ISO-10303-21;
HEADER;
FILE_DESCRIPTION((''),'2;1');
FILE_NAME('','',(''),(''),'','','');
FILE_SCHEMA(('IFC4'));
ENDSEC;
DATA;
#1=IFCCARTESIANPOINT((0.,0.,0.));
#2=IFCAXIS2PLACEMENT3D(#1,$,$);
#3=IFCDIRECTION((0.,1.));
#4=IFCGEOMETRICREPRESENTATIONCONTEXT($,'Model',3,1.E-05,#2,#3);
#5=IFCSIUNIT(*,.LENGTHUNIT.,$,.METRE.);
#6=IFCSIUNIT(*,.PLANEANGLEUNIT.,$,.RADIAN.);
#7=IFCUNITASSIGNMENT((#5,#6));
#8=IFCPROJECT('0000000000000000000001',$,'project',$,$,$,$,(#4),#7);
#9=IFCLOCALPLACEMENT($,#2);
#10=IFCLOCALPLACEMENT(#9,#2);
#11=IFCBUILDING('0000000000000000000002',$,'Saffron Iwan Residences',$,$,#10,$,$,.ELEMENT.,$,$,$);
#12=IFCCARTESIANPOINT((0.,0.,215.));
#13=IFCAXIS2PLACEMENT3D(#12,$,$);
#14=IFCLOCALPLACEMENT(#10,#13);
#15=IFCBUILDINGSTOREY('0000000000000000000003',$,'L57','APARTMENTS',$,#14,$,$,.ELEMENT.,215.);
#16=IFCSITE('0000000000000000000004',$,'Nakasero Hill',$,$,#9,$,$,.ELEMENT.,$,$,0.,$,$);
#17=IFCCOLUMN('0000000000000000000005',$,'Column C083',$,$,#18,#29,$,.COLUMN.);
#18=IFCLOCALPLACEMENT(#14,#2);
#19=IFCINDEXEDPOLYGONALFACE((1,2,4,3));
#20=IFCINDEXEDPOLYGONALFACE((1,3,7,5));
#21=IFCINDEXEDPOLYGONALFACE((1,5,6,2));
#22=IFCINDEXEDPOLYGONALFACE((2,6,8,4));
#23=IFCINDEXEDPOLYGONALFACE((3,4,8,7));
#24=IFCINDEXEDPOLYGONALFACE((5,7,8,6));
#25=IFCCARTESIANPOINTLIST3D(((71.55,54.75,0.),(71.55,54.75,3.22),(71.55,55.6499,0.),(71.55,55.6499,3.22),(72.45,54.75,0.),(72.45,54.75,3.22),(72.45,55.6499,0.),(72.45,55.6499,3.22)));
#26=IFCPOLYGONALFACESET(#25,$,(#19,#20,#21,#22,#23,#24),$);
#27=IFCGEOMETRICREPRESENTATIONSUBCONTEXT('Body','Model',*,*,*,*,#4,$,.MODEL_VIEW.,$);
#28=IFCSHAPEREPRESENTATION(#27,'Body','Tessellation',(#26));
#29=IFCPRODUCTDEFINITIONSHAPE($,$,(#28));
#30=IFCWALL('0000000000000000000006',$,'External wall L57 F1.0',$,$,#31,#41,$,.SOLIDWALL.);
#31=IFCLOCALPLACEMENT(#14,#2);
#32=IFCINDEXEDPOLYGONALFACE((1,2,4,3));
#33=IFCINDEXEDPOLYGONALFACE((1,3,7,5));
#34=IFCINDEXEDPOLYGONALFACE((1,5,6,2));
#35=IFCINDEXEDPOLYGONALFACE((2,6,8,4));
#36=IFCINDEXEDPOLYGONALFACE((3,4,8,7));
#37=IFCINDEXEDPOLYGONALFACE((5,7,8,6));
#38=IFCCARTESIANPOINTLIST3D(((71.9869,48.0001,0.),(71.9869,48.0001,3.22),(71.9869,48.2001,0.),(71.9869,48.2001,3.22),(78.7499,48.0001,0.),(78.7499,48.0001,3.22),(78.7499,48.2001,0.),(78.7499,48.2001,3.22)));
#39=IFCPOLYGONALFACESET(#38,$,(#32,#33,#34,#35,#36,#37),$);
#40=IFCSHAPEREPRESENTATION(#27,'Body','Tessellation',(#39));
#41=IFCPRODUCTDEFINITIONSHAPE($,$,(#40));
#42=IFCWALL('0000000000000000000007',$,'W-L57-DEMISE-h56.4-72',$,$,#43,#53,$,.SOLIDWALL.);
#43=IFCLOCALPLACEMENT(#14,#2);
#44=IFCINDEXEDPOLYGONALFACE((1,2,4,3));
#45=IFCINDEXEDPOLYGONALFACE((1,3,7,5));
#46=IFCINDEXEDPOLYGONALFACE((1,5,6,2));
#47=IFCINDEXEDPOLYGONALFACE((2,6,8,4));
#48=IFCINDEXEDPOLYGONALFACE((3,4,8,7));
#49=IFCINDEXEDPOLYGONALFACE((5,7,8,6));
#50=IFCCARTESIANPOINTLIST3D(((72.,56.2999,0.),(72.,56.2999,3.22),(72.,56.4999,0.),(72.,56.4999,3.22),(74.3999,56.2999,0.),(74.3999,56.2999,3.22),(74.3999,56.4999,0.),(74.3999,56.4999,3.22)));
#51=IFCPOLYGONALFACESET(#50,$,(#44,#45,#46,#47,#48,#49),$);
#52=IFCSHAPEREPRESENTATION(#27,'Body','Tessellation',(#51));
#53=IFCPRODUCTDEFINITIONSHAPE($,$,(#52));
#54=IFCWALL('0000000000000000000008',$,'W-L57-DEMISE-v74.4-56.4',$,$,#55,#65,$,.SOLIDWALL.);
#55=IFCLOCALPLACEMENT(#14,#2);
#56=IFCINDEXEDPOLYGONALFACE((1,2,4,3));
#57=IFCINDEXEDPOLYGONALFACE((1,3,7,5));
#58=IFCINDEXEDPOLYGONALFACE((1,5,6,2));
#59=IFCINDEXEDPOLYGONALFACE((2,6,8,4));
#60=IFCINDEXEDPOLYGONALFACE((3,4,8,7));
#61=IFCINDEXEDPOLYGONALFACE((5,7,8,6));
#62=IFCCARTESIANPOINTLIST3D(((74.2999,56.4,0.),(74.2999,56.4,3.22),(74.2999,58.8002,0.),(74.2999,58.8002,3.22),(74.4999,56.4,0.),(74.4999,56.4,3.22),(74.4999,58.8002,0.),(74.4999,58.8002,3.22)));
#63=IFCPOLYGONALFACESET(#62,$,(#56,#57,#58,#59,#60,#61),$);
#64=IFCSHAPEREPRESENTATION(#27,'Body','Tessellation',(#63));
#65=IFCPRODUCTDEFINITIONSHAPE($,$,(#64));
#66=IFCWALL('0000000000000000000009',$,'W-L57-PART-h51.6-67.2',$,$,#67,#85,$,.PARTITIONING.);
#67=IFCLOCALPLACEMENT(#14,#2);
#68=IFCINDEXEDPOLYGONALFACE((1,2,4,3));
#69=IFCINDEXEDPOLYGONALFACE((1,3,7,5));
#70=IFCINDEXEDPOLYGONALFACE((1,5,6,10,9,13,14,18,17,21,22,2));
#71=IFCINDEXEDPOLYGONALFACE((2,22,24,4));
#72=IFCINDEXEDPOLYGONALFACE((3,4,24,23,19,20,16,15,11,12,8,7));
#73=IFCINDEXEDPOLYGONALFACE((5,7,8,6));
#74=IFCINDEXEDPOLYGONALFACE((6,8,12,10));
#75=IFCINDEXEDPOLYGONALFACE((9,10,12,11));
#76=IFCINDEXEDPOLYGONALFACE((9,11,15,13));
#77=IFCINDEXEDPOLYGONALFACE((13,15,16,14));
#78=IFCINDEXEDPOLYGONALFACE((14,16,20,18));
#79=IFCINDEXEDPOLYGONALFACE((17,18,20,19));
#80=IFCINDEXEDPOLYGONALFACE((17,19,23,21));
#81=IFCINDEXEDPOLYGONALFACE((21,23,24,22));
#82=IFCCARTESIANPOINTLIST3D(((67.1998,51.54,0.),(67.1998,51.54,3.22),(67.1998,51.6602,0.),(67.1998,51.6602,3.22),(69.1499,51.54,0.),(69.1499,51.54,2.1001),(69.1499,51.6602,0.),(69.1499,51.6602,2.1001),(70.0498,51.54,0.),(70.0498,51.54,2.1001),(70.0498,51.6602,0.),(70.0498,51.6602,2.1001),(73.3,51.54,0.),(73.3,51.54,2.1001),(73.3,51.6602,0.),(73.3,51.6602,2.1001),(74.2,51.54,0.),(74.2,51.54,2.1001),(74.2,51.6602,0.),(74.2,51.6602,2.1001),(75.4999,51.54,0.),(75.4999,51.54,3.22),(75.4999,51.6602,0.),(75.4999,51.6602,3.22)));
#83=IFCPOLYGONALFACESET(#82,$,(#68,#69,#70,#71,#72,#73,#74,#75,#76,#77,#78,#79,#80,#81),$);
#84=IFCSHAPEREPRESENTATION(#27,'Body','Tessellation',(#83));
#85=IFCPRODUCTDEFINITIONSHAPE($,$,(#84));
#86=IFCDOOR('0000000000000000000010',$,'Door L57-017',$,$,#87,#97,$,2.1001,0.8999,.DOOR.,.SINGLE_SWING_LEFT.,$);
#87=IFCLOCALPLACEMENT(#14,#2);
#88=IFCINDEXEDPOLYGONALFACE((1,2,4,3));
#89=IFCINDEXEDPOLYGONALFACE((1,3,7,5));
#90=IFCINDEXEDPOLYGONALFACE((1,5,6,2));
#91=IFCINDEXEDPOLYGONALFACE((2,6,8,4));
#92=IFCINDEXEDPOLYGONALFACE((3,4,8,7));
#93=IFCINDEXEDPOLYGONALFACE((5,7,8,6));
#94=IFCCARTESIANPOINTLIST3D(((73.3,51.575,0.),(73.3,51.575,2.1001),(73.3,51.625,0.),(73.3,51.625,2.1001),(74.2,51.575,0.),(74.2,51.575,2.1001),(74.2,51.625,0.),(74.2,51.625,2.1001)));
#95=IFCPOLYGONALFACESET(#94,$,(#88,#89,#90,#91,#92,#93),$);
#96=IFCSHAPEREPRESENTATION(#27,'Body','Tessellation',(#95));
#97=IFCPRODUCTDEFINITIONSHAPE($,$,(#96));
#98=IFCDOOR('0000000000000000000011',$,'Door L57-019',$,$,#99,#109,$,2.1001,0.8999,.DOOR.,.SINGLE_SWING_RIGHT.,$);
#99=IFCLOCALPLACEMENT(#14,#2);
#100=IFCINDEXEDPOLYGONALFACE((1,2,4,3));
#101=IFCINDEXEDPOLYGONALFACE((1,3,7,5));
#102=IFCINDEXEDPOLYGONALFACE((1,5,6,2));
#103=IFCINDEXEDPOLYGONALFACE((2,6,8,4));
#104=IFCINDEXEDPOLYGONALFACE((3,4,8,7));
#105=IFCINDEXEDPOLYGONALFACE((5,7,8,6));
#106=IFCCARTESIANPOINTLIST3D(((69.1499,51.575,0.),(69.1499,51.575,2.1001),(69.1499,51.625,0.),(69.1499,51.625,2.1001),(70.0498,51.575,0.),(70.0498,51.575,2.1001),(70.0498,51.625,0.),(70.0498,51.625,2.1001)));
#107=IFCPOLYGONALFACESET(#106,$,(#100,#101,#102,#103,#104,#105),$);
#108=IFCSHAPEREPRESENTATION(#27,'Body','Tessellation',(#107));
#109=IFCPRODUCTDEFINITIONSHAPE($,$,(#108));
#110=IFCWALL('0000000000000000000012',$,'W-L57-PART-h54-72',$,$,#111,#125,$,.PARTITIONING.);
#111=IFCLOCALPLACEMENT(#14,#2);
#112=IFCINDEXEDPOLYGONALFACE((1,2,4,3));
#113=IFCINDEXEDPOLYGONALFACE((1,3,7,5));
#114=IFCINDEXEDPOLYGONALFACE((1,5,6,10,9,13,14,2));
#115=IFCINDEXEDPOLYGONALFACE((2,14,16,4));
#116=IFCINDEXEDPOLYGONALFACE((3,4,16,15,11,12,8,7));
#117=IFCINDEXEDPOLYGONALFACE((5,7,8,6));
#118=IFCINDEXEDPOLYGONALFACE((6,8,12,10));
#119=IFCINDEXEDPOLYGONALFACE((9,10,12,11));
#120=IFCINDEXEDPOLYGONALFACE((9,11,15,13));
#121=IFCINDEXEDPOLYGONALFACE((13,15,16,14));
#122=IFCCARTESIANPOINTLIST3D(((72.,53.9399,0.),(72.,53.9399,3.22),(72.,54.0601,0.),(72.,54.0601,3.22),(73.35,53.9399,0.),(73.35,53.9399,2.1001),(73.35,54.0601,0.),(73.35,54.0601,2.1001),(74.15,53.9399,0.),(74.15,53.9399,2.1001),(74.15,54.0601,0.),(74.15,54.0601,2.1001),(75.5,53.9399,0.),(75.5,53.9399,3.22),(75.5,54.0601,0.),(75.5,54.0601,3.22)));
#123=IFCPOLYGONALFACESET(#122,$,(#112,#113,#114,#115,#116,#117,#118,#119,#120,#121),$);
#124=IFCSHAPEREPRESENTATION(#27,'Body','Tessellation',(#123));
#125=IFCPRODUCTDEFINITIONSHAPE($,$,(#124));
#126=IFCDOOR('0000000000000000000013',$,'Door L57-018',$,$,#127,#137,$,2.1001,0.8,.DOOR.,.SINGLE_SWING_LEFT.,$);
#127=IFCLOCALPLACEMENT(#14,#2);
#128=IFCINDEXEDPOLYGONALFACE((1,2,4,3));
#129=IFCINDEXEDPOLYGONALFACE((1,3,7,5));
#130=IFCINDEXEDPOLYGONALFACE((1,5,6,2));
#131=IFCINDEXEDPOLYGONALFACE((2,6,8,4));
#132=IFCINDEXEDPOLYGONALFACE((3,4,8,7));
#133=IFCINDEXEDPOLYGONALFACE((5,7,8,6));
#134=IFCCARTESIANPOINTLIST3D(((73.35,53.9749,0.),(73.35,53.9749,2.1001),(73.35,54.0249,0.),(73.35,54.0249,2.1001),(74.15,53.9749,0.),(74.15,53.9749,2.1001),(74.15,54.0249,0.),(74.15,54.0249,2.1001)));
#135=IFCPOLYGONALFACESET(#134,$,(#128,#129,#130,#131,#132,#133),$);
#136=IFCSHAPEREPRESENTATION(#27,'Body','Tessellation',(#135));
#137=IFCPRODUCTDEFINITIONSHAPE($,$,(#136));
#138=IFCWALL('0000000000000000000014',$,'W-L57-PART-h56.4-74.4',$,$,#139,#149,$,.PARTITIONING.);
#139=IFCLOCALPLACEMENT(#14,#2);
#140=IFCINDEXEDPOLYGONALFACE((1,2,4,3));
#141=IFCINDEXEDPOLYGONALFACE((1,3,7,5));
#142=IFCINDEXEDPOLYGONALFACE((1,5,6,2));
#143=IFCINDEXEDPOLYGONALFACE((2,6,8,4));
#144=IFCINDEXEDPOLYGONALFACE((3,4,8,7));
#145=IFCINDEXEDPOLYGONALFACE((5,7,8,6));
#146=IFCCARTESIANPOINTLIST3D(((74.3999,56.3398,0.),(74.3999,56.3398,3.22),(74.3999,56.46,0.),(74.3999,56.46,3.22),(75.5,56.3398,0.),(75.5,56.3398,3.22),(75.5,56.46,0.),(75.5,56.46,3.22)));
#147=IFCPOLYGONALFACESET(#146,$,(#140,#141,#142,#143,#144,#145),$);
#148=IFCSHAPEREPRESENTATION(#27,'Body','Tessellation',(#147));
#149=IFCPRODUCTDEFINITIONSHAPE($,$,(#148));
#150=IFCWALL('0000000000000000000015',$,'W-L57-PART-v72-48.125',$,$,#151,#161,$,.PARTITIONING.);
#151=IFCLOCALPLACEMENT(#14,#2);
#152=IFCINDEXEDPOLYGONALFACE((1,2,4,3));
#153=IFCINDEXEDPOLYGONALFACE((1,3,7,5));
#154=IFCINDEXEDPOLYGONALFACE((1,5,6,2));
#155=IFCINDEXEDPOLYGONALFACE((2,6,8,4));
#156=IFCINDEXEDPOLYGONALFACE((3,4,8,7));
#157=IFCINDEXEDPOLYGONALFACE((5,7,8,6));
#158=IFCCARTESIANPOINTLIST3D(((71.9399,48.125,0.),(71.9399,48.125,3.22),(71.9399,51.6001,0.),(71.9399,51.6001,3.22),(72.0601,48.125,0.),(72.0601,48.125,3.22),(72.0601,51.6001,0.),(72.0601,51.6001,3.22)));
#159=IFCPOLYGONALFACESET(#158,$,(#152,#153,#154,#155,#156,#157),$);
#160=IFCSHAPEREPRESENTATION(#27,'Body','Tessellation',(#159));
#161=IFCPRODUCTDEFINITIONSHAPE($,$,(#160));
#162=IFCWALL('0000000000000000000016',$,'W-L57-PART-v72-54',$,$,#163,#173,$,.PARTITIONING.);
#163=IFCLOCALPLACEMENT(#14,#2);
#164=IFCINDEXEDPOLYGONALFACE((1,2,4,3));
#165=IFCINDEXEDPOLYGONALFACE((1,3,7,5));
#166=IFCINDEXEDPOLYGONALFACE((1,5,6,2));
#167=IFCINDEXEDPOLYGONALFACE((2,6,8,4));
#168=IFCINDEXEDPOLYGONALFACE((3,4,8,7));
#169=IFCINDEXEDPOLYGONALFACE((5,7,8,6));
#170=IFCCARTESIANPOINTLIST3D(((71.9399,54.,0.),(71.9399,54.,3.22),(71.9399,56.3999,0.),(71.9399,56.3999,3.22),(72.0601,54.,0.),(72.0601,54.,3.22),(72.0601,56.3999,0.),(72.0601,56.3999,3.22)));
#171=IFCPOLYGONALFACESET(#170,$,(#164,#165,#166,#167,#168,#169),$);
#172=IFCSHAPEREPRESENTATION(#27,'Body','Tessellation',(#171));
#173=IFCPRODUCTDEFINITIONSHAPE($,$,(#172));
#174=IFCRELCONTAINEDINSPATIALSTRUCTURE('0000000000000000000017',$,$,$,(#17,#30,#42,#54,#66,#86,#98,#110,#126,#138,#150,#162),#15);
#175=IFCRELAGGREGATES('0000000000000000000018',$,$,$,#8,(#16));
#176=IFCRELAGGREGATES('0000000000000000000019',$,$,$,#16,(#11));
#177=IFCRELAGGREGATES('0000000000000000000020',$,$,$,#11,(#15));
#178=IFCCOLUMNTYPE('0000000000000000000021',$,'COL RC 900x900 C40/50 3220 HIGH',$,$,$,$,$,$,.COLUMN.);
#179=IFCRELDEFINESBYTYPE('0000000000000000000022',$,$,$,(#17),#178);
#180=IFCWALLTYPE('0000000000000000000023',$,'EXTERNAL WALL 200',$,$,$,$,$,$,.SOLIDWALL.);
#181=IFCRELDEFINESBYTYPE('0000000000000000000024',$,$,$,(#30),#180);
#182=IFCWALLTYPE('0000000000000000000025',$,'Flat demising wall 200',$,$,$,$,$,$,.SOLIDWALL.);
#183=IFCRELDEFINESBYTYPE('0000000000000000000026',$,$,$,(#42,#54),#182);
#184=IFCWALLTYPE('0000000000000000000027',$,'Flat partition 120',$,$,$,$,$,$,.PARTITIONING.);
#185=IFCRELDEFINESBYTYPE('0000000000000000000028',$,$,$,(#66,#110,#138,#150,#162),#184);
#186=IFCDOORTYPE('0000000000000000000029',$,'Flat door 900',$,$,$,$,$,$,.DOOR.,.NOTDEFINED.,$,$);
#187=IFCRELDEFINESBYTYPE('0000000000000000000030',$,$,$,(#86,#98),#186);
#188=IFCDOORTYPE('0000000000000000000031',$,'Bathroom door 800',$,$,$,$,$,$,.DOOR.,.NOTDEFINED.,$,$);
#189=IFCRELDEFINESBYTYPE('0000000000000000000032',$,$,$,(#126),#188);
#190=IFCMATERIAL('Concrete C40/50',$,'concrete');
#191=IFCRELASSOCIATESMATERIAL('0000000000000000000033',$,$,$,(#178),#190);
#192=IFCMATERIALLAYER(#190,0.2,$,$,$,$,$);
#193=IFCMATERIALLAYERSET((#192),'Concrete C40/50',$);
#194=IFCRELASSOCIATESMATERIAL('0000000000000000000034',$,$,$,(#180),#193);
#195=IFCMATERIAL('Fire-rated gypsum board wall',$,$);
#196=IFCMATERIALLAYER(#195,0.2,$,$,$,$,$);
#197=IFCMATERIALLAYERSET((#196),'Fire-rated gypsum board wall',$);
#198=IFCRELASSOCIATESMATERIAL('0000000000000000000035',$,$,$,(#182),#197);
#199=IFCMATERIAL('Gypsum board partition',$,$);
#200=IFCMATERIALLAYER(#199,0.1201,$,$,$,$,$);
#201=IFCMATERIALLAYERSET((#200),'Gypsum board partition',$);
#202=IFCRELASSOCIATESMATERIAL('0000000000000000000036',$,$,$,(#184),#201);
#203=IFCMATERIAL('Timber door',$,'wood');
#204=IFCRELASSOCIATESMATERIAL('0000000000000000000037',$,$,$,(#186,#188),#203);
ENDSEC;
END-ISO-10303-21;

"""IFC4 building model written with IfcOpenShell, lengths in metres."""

from ifc_helpers import new_model, si_unit, direction, frame, frame_2d, origin, origin_2d, place, context, subcontext, project, spatial, rectangle, extrude, source, transform, mapped, material, layer, layer_set, material_profile, profile_set, type_object, element, fill, save


model = new_model("IFC4")

# Units and contexts
model_context = context("Model", 3, precision=1e-05, world=origin(), true_north=direction((0.0, 1.0)))
body_context = subcontext(model_context, "Body", "Model", "MODEL_VIEW")
ifc_project = project(units=[si_unit("LENGTHUNIT", "METRE"), si_unit("PLANEANGLEUNIT", "RADIAN")], contexts=[model_context])

# Site, building, storey
site_placement = place(None, origin())
site = spatial("IfcSite", under=ifc_project, at=site_placement, Name="Nakasero Hill", CompositionType="ELEMENT", RefElevation=0.0)
building_placement = place(site_placement, origin())
building = spatial("IfcBuilding", under=site, at=building_placement, Name="Saffron Iwan Residences", CompositionType="ELEMENT")
storey_placement = place(building_placement, frame((0.0, 0.0, 215.0)))
storey = spatial("IfcBuildingStorey", under=building, at=storey_placement, Name="L57", Description="APARTMENTS", CompositionType="ELEMENT", Elevation=215.0)

# Column
ifc_material_1 = material(Name="Concrete C40/50", Category="concrete")
ifc_material_profile = material_profile(ifc_material_1, rectangle(XDim=0.8999, YDim=0.8999, at=origin_2d()), Name="RC 900x900")
ifc_profile_set = profile_set([ifc_material_profile], Name="Concrete C40/50")
column_type = type_object("IfcColumnType", Name="COL RC 900x900 C40/50 3220 HIGH", PredefinedType="COLUMN", material=ifc_profile_set)
shared_shape = source(origin(), body_context, "Body", "SweptSolid", [
    extrude(rectangle(XDim=0.8999, YDim=0.8999, at=origin_2d()), origin(), (0.0, 0.0, 1.0), 3.22),
])
column_placement = place(storey_placement, frame((72.0, 55.2, 0.0), z_axis=(0.0, 0.0, 1.0), x_axis=(1.0, 0.0, 0.0)))
element("IfcColumn", 1, at=column_placement, inside=storey, type_object=column_type, Name="Column C083", PredefinedType="COLUMN", context=body_context, shape_type="MappedRepresentation", body=[
    mapped(shared_shape, transform((0.0, 0.0, 0.0))),
])

# Walls
ifc_layer_1 = layer(ifc_material_1, 0.2)
ifc_layer_set_1 = layer_set([ifc_layer_1], Name="Concrete C40/50")
wall_type_1 = type_object("IfcWallType", Name="EXTERNAL WALL 200", PredefinedType="SOLIDWALL", material=ifc_layer_set_1)
wall_1_placement = place(storey_placement, frame((71.9871, 48.1001, 0.0), z_axis=(0.0, 0.0, 1.0), x_axis=(1.0, 0.0, 0.0)))
element("IfcWall", 2, at=wall_1_placement, inside=storey, type_object=wall_type_1, Name="External wall L57 F1.0", PredefinedType="SOLIDWALL", context=body_context, shape_type="SweptSolid", body=[
    extrude(rectangle(XDim=6.7629, YDim=0.2, at=frame_2d((3.3813, 0.0))), origin(), (0.0, 0.0, 1.0), 3.22),
])
ifc_material_2 = material(Name="Fire-rated gypsum board wall")
ifc_layer_2 = layer(ifc_material_2, 0.2)
ifc_layer_set_2 = layer_set([ifc_layer_2], Name="Fire-rated gypsum board wall")
wall_type_2 = type_object("IfcWallType", Name="Flat demising wall 200", PredefinedType="SOLIDWALL", material=ifc_layer_set_2)
wall_2_placement = place(storey_placement, frame((72.0, 56.3999, 0.0), z_axis=(0.0, 0.0, 1.0), x_axis=(1.0, 0.0, 0.0)))
element("IfcWall", 3, at=wall_2_placement, inside=storey, type_object=wall_type_2, Name="W-L57-DEMISE-h56.4-72", PredefinedType="SOLIDWALL", context=body_context, shape_type="SweptSolid", body=[
    extrude(rectangle(XDim=2.3999, YDim=0.2, at=frame_2d((1.2, 0.0))), origin(), (0.0, 0.0, 1.0), 3.22),
])
wall_3_placement = place(storey_placement, frame((74.3999, 56.3999, 0.0), z_axis=(0.0, 0.0, 1.0), x_axis=(0.0, 1.0, 0.0)))
element("IfcWall", 4, at=wall_3_placement, inside=storey, type_object=wall_type_2, Name="W-L57-DEMISE-v74.4-56.4", PredefinedType="SOLIDWALL", context=body_context, shape_type="SweptSolid", body=[
    extrude(rectangle(XDim=2.4001, YDim=0.2, at=frame_2d((1.2002, 0.0))), origin(), (0.0, 0.0, 1.0), 3.22),
])

# Wall, openings, doors
ifc_material_3 = material(Name="Gypsum board partition")
ifc_layer_3 = layer(ifc_material_3, 0.1201)
ifc_layer_set_3 = layer_set([ifc_layer_3], Name="Gypsum board partition")
wall_type_3 = type_object("IfcWallType", Name="Flat partition 120", PredefinedType="PARTITIONING", material=ifc_layer_set_3)
wall_4_placement = place(storey_placement, frame((67.2, 51.6001, 0.0), z_axis=(0.0, 0.0, 1.0), x_axis=(1.0, 0.0, 0.0)))
wall_4 = element("IfcWall", 5, at=wall_4_placement, inside=storey, type_object=wall_type_3, Name="W-L57-PART-h51.6-67.2", PredefinedType="PARTITIONING", context=body_context, shape_type="SweptSolid", body=[
    extrude(rectangle(XDim=8.3, YDim=0.1201, at=frame_2d((4.1499, 0.0))), origin(), (0.0, 0.0, 1.0), 3.22),
])
opening_1_placement = place(wall_4_placement, frame((6.1001, 0.0, 0.0)))
opening_1 = element("IfcOpeningElement", 6, at=opening_1_placement, cuts=wall_4, PredefinedType="OPENING", context=body_context, shape_type="SweptSolid", body=[
    extrude(rectangle(XDim=0.8999, YDim=2.1001, at=frame_2d((0.45, 1.05))), frame((0.0, 0.0701, 0.0), z_axis=(0.0, -1.0, 0.0), x_axis=(1.0, 0.0, 0.0)), (0.0, 0.0, 1.0), 0.1401),
])
opening_2_placement = place(wall_4_placement, frame((1.95, 0.0, 0.0)))
opening_2 = element("IfcOpeningElement", 7, at=opening_2_placement, cuts=wall_4, PredefinedType="OPENING", context=body_context, shape_type="SweptSolid", body=[
    extrude(rectangle(XDim=0.8999, YDim=2.1001, at=frame_2d((0.45, 1.05))), frame((0.0, 0.0701, 0.0), z_axis=(0.0, -1.0, 0.0), x_axis=(1.0, 0.0, 0.0)), (0.0, 0.0, 1.0), 0.1401),
])
ifc_material_4 = material(Name="Timber door", Category="wood")
door_type_1 = type_object("IfcDoorType", Name="Flat door 900", OperationType="NOTDEFINED", PredefinedType="DOOR", material=ifc_material_4)
door_1_placement = place(opening_1_placement, origin())
door_1 = element("IfcDoor", 8, at=door_1_placement, inside=storey, type_object=door_type_1, Name="Door L57-017", OperationType="SINGLE_SWING_LEFT", OverallHeight=2.1001, OverallWidth=0.8999, PredefinedType="DOOR", context=body_context, shape_type="SweptSolid", body=[
    extrude(rectangle(XDim=0.8999, YDim=2.1001, at=frame_2d((0.45, 1.05))), frame((0.0, 0.0249, 0.0), z_axis=(0.0, -1.0, 0.0), x_axis=(1.0, 0.0, 0.0)), (0.0, 0.0, 1.0), 0.05),
])
fill(opening_1, door_1)
door_2_placement = place(opening_2_placement, origin())
door_2 = element("IfcDoor", 9, at=door_2_placement, inside=storey, type_object=door_type_1, Name="Door L57-019", OperationType="SINGLE_SWING_RIGHT", OverallHeight=2.1001, OverallWidth=0.8999, PredefinedType="DOOR", context=body_context, shape_type="SweptSolid", body=[
    extrude(rectangle(XDim=0.8999, YDim=2.1001, at=frame_2d((0.45, 1.05))), frame((0.0, 0.0249, 0.0), z_axis=(0.0, -1.0, 0.0), x_axis=(1.0, 0.0, 0.0)), (0.0, 0.0, 1.0), 0.05),
])
fill(opening_2, door_2)

# Wall, opening, door
wall_5_placement = place(storey_placement, frame((72.0, 54.0, 0.0), z_axis=(0.0, 0.0, 1.0), x_axis=(1.0, 0.0, 0.0)))
wall_5 = element("IfcWall", 10, at=wall_5_placement, inside=storey, type_object=wall_type_3, Name="W-L57-PART-h54-72", PredefinedType="PARTITIONING", context=body_context, shape_type="SweptSolid", body=[
    extrude(rectangle(XDim=3.5, YDim=0.1201, at=frame_2d((1.75, 0.0))), origin(), (0.0, 0.0, 1.0), 3.22),
])
opening_3_placement = place(wall_5_placement, frame((1.3501, 0.0, 0.0)))
opening_3 = element("IfcOpeningElement", 11, at=opening_3_placement, cuts=wall_5, PredefinedType="OPENING", context=body_context, shape_type="SweptSolid", body=[
    extrude(rectangle(XDim=0.8, YDim=2.1001, at=frame_2d((0.3999, 1.05))), frame((0.0, 0.0701, 0.0), z_axis=(0.0, -1.0, 0.0), x_axis=(1.0, 0.0, 0.0)), (0.0, 0.0, 1.0), 0.1401),
])
door_type_2 = type_object("IfcDoorType", Name="Bathroom door 800", OperationType="NOTDEFINED", PredefinedType="DOOR", material=ifc_material_4)
door_3_placement = place(opening_3_placement, origin())
door_3 = element("IfcDoor", 12, at=door_3_placement, inside=storey, type_object=door_type_2, Name="Door L57-018", OperationType="SINGLE_SWING_LEFT", OverallHeight=2.1001, OverallWidth=0.8, PredefinedType="DOOR", context=body_context, shape_type="SweptSolid", body=[
    extrude(rectangle(XDim=0.8, YDim=2.1001, at=frame_2d((0.3999, 1.05))), frame((0.0, 0.0249, 0.0), z_axis=(0.0, -1.0, 0.0), x_axis=(1.0, 0.0, 0.0)), (0.0, 0.0, 1.0), 0.05),
])
fill(opening_3, door_3)

# Walls
wall_6_placement = place(storey_placement, frame((74.3999, 56.3999, 0.0), z_axis=(0.0, 0.0, 1.0), x_axis=(1.0, 0.0, 0.0)))
element("IfcWall", 13, at=wall_6_placement, inside=storey, type_object=wall_type_3, Name="W-L57-PART-h56.4-74.4", PredefinedType="PARTITIONING", context=body_context, shape_type="SweptSolid", body=[
    extrude(rectangle(XDim=1.1001, YDim=0.1201, at=frame_2d((0.55, 0.0))), origin(), (0.0, 0.0, 1.0), 3.22),
])
wall_7_placement = place(storey_placement, frame((72.0, 48.125, 0.0), z_axis=(0.0, 0.0, 1.0), x_axis=(0.0, 1.0, 0.0)))
element("IfcWall", 14, at=wall_7_placement, inside=storey, type_object=wall_type_3, Name="W-L57-PART-v72-48.125", PredefinedType="PARTITIONING", context=body_context, shape_type="SweptSolid", body=[
    extrude(rectangle(XDim=3.4751, YDim=0.1201, at=frame_2d((1.7375, 0.0))), origin(), (0.0, 0.0, 1.0), 3.22),
])
wall_8_placement = place(storey_placement, frame((72.0, 54.0, 0.0), z_axis=(0.0, 0.0, 1.0), x_axis=(0.0, 1.0, 0.0)))
element("IfcWall", 15, at=wall_8_placement, inside=storey, type_object=wall_type_3, Name="W-L57-PART-v72-54", PredefinedType="PARTITIONING", context=body_context, shape_type="SweptSolid", body=[
    extrude(rectangle(XDim=2.3999, YDim=0.1201, at=frame_2d((1.2, 0.0))), origin(), (0.0, 0.0, 1.0), 3.22),
])

save(model, "model.ifc")
